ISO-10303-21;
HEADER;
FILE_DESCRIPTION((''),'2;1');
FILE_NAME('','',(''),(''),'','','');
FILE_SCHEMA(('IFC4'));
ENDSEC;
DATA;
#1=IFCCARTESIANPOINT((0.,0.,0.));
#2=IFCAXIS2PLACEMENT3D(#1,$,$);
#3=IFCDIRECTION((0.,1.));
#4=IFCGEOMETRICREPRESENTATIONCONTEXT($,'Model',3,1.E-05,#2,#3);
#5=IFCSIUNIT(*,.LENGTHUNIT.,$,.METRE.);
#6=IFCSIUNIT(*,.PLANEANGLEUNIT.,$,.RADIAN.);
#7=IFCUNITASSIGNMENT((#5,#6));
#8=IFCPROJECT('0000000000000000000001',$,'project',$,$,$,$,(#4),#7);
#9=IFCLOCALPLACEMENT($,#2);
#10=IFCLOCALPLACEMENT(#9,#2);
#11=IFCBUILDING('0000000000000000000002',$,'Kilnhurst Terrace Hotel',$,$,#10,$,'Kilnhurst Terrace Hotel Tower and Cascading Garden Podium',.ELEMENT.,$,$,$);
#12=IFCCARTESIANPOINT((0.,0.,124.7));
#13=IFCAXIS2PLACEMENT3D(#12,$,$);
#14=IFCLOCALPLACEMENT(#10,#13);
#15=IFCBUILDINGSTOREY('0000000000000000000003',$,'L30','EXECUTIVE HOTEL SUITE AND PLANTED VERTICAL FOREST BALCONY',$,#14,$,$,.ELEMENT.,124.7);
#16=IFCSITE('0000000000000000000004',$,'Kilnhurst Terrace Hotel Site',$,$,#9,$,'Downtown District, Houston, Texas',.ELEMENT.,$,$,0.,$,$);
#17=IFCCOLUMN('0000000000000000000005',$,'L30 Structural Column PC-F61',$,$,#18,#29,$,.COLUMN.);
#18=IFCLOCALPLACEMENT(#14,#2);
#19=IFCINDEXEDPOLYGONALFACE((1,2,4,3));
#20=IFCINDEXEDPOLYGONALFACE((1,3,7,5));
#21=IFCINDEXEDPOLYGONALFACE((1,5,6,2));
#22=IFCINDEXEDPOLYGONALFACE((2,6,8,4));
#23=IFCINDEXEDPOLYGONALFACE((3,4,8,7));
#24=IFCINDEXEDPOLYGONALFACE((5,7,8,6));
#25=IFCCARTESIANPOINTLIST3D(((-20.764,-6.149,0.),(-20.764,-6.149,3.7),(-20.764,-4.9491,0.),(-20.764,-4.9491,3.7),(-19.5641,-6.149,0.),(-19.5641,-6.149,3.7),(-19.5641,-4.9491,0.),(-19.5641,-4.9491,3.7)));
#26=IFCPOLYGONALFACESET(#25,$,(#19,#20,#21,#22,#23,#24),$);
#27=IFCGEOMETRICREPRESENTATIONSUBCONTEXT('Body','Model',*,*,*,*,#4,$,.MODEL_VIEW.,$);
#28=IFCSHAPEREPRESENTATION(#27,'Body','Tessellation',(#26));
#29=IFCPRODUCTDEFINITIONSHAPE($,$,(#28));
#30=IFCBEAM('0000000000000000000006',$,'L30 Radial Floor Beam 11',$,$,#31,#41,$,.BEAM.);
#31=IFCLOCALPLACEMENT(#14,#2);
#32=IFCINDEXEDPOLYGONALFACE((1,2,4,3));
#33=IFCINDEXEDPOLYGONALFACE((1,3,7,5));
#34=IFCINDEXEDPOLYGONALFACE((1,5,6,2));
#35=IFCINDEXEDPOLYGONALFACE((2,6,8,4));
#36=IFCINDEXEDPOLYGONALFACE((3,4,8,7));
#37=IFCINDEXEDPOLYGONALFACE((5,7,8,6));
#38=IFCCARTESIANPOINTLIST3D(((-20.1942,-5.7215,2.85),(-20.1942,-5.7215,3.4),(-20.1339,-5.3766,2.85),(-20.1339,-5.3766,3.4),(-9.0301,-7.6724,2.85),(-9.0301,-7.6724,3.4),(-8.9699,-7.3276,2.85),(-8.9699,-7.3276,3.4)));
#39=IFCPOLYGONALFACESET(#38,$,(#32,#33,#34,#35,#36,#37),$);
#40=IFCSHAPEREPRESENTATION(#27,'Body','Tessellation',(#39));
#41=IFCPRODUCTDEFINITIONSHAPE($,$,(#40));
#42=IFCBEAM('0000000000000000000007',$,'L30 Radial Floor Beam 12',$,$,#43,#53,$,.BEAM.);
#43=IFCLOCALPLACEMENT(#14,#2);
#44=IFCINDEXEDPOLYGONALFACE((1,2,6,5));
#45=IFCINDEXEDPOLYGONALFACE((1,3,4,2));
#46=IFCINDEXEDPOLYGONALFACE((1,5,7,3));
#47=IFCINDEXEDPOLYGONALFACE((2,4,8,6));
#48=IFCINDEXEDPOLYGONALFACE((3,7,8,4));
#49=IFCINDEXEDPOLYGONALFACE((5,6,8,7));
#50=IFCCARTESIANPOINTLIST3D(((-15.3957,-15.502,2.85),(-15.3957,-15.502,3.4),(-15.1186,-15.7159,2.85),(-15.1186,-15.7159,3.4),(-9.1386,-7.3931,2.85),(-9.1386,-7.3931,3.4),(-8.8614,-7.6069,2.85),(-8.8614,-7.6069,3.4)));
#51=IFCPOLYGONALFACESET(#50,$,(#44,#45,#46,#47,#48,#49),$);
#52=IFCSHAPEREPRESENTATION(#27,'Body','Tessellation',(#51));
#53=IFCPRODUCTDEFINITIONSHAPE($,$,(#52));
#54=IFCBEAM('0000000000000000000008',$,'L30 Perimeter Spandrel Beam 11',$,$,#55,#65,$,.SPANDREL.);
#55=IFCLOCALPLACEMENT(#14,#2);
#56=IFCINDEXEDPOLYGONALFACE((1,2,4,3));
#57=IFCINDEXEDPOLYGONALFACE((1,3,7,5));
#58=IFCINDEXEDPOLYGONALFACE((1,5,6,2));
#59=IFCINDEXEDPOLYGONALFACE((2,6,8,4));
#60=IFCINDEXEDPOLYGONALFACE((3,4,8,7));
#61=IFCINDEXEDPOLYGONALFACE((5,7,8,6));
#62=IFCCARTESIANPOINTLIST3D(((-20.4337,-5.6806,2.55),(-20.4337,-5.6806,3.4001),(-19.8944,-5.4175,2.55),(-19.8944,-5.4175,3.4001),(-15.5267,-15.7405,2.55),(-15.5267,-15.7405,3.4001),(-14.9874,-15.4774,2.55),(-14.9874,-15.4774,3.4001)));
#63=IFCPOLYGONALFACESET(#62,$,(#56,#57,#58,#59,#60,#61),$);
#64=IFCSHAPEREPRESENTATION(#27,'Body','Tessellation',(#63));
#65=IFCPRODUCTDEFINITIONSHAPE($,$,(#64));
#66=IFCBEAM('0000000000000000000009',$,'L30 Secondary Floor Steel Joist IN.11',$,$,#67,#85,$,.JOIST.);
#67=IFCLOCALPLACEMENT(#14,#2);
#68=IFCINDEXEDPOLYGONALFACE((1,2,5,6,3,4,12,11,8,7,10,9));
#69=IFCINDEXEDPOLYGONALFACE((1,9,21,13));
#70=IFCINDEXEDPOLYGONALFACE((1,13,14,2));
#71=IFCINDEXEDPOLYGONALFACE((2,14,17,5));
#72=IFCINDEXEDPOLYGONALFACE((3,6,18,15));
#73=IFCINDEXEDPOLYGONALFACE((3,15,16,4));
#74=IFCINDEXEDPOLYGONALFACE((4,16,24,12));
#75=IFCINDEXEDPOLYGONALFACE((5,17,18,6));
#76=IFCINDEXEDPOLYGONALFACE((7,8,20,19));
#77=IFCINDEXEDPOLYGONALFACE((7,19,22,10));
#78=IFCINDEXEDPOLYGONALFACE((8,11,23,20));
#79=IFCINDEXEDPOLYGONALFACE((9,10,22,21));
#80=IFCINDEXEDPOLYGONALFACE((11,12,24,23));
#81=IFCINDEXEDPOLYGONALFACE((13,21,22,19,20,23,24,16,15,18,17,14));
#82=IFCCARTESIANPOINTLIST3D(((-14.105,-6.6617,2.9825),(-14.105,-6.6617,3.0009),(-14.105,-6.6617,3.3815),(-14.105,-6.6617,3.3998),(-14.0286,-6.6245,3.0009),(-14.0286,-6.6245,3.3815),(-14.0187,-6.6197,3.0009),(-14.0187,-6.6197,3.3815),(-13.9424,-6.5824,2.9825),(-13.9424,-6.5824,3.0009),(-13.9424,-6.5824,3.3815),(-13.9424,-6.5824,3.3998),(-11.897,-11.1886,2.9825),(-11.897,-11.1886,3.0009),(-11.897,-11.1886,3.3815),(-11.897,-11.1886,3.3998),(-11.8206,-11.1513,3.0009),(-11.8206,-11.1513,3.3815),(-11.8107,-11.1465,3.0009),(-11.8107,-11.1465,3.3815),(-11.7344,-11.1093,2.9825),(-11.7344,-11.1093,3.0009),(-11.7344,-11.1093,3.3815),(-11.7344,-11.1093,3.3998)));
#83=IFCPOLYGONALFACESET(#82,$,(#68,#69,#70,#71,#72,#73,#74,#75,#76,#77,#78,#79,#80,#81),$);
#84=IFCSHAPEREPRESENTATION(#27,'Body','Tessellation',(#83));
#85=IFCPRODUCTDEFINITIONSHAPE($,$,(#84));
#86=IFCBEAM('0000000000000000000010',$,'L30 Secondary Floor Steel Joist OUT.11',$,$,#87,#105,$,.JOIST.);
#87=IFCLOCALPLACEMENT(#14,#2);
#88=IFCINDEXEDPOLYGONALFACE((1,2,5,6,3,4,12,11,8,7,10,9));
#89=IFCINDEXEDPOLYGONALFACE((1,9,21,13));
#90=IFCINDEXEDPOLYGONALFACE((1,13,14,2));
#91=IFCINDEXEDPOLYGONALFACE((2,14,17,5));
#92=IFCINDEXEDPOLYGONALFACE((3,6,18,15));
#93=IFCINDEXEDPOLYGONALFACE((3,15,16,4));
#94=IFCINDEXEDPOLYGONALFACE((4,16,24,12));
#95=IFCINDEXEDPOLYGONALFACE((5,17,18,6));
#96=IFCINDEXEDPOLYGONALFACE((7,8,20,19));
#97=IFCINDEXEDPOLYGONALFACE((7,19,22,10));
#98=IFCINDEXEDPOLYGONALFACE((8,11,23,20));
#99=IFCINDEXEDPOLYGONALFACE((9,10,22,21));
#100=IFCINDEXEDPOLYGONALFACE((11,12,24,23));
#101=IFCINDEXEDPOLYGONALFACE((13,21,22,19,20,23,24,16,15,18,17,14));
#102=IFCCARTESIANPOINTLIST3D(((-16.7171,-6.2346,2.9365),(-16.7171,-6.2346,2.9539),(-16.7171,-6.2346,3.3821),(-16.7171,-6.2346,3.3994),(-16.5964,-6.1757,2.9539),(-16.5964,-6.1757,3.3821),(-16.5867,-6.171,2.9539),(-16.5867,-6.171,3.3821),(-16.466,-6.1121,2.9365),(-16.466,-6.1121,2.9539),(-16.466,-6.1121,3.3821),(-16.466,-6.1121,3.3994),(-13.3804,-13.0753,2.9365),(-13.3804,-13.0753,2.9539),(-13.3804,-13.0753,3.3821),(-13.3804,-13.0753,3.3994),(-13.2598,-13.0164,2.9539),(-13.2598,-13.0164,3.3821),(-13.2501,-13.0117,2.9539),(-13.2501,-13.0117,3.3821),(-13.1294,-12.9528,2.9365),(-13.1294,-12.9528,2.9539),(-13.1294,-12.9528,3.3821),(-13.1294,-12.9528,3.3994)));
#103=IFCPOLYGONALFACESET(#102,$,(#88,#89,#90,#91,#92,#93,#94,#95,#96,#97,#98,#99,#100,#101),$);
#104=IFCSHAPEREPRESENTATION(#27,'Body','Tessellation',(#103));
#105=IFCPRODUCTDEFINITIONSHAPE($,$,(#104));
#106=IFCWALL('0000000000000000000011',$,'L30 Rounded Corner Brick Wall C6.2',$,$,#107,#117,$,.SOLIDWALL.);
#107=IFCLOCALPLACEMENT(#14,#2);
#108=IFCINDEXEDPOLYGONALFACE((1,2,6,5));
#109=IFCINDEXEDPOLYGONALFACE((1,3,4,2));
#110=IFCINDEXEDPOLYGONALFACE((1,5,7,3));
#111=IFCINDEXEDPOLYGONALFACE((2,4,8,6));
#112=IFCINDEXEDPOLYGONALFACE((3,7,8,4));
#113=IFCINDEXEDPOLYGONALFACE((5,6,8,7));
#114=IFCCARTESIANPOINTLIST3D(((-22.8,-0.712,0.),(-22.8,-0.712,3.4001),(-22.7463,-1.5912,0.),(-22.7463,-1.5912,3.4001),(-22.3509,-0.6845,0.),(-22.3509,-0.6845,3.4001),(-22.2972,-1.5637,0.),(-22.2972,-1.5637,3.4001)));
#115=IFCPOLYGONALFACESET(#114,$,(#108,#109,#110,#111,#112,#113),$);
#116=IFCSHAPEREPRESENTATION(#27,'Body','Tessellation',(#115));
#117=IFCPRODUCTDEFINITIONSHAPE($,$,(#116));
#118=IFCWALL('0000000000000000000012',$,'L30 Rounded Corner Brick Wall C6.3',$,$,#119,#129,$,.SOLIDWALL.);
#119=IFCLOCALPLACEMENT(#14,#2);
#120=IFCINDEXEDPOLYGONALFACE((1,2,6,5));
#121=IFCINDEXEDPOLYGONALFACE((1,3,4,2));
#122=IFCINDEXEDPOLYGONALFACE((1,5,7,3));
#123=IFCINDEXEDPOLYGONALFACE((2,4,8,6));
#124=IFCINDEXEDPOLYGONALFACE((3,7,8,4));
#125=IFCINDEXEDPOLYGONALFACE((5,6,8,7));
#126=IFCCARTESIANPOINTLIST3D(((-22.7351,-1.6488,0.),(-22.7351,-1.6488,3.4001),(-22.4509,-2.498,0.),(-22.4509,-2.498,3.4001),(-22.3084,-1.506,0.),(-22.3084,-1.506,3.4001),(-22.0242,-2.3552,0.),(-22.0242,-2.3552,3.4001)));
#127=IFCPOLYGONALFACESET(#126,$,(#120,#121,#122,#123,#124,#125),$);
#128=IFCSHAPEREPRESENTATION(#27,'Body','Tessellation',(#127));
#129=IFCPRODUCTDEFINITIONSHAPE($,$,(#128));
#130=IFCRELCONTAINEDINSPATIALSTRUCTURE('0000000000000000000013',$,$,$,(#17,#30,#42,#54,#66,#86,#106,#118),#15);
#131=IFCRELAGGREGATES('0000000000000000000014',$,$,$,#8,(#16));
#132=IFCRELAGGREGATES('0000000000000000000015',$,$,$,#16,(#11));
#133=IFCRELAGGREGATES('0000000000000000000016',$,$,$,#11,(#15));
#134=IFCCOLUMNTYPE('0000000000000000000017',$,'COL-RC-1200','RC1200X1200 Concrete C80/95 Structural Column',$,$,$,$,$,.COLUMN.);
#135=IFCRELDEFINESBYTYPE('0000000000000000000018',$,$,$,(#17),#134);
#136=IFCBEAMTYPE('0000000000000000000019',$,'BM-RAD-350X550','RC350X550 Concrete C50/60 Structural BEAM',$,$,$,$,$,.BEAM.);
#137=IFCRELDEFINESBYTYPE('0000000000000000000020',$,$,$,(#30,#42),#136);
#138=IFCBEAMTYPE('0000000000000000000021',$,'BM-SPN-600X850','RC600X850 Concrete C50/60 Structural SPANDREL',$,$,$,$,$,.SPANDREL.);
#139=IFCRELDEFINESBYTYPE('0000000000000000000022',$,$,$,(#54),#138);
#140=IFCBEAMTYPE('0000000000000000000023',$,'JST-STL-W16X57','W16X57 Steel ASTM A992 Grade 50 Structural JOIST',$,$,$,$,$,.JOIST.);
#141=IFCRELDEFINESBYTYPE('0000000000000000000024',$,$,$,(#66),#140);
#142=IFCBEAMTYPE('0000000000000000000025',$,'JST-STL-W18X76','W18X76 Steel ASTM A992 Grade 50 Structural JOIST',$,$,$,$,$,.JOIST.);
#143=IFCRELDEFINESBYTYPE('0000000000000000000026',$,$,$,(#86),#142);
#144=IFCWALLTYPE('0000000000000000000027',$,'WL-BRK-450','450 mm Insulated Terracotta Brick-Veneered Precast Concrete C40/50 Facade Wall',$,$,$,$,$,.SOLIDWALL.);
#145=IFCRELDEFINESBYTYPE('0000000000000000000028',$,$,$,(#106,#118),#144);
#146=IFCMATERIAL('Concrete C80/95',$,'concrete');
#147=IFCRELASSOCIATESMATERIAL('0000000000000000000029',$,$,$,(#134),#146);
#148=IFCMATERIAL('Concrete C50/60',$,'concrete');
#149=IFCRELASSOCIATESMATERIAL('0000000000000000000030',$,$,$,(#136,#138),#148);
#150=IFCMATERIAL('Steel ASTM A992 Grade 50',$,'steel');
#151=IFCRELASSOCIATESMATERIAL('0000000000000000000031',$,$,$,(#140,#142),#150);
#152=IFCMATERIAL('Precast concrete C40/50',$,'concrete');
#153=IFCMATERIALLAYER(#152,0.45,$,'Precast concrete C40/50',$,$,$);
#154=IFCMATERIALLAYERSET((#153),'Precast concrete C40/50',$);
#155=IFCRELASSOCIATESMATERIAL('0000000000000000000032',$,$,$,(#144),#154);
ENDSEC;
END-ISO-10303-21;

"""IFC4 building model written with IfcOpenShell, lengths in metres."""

from ifc_helpers import new_model, si_unit, direction, frame, frame_2d, origin, origin_2d, place, context, subcontext, project, spatial, rectangle, i_section, extrude, material, layer, layer_set, material_profile, profile_set, type_object, element, save


model = new_model("IFC4")

# Units and contexts
model_context = context("Model", 3, precision=1e-05, world=origin(), true_north=direction((0.0, 1.0)))
body_context = subcontext(model_context, "Body", "Model", "MODEL_VIEW")
ifc_project = project(units=[si_unit("LENGTHUNIT", "METRE"), si_unit("PLANEANGLEUNIT", "RADIAN")], contexts=[model_context])

# Site, building, storey
site_placement = place(None, origin())
site = spatial("IfcSite", under=ifc_project, at=site_placement, Name="Kilnhurst Terrace Hotel Site", LongName="Downtown District, Houston, Texas", CompositionType="ELEMENT", RefElevation=0.0)
building_placement = place(site_placement, origin())
building = spatial("IfcBuilding", under=site, at=building_placement, Name="Kilnhurst Terrace Hotel", LongName="Kilnhurst Terrace Hotel Tower and Cascading Garden Podium", CompositionType="ELEMENT")
storey_placement = place(building_placement, frame((0.0, 0.0, 124.7)))
storey = spatial("IfcBuildingStorey", under=building, at=storey_placement, Name="L30", Description="EXECUTIVE HOTEL SUITE AND PLANTED VERTICAL FOREST BALCONY", CompositionType="ELEMENT", Elevation=124.7)

# Column
ifc_material_1 = material(Name="Concrete C80/95", Category="concrete")
ifc_material_profile_1 = material_profile(ifc_material_1, rectangle(XDim=1.2, YDim=1.2, at=origin_2d()), Name="RC1200X1200")
ifc_profile_set_1 = profile_set([ifc_material_profile_1], Name="Concrete C80/95")
column_type = type_object("IfcColumnType", Name="COL-RC-1200", Description="RC1200X1200 Concrete C80/95 Structural Column", PredefinedType="COLUMN", material=ifc_profile_set_1)
column_placement = place(storey_placement, frame((-20.1641, -5.5491, 0.0), z_axis=(0.0, 0.0, 1.0), x_axis=(1.0, 0.0, 0.0)))
element("IfcColumn", 1, at=column_placement, inside=storey, type_object=column_type, Name="L30 Structural Column PC-F61", PredefinedType="COLUMN", context=body_context, shape_type="SweptSolid", body=[
    extrude(rectangle(XDim=1.2, YDim=1.2, at=origin_2d()), origin(), (0.0, 0.0, 1.0), 3.7),
])

# Beams
ifc_material_2 = material(Name="Concrete C50/60", Category="concrete")
ifc_material_profile_2 = material_profile(ifc_material_2, rectangle(XDim=0.3501, YDim=0.55, at=origin_2d()), Name="RC350X550")
ifc_profile_set_2 = profile_set([ifc_material_profile_2], Name="Concrete C50/60")
beam_type_1 = type_object("IfcBeamType", Name="BM-RAD-350X550", Description="RC350X550 Concrete C50/60 Structural BEAM", PredefinedType="BEAM", material=ifc_profile_set_2)
beam_1_placement = place(storey_placement, frame((-9.0, -7.5, 3.125), z_axis=(-0.985072, 0.172142, 0.0), x_axis=(-0.172142, -0.985072, 0.0)))
element("IfcBeam", 2, at=beam_1_placement, inside=storey, type_object=beam_type_1, Name="L30 Radial Floor Beam 11", PredefinedType="BEAM", context=body_context, shape_type="SweptSolid", body=[
    extrude(rectangle(XDim=0.3501, YDim=0.55, at=origin_2d()), origin(), (0.0, 0.0, 1.0), 11.3333),
])
beam_2_placement = place(storey_placement, frame((-9.0, -7.5, 3.125), z_axis=(-0.610905, -0.791704, 0.0), x_axis=(0.791704, -0.610905, 0.0)))
element("IfcBeam", 3, at=beam_2_placement, inside=storey, type_object=beam_type_1, Name="L30 Radial Floor Beam 12", PredefinedType="BEAM", context=body_context, shape_type="SweptSolid", body=[
    extrude(rectangle(XDim=0.3501, YDim=0.55, at=origin_2d()), origin(), (0.0, 0.0, 1.0), 10.2424),
])
ifc_material_profile_3 = material_profile(ifc_material_2, rectangle(XDim=0.6001, YDim=0.8501, at=origin_2d()), Name="RC600X850")
ifc_profile_set_3 = profile_set([ifc_material_profile_3], Name="Concrete C50/60")
beam_type_2 = type_object("IfcBeamType", Name="BM-SPN-600X850", Description="RC600X850 Concrete C50/60 Structural SPANDREL", PredefinedType="SPANDREL", material=ifc_profile_set_3)
beam_3_placement = place(storey_placement, frame((-20.1641, -5.5491, 2.9751), z_axis=(0.438406, -0.898777, 0.0), x_axis=(0.898777, 0.438406, 0.0)))
element("IfcBeam", 4, at=beam_3_placement, inside=storey, type_object=beam_type_2, Name="L30 Perimeter Spandrel Beam 11", PredefinedType="SPANDREL", context=body_context, shape_type="SweptSolid", body=[
    extrude(rectangle(XDim=0.6001, YDim=0.8501, at=origin_2d()), origin(), (0.0, 0.0, 1.0), 11.1929),
])
ifc_material_3 = material(Name="Steel ASTM A992 Grade 50", Category="steel")
ifc_material_profile_4 = material_profile(ifc_material_3, i_section(OverallWidth=0.1809, OverallDepth=0.4172, WebThickness=0.011, FlangeThickness=0.0183, at=origin_2d()), Name="W16X57")
ifc_profile_set_4 = profile_set([ifc_material_profile_4], Name="Steel ASTM A992 Grade 50")
beam_type_3 = type_object("IfcBeamType", Name="JST-STL-W16X57", Description="W16X57 Steel ASTM A992 Grade 50 Structural JOIST", PredefinedType="JOIST", material=ifc_profile_set_4)
beam_4_placement = place(storey_placement, frame((-14.0237, -6.6221, 3.1912), z_axis=(0.438389, -0.898785, 0.0), x_axis=(0.898785, 0.438389, 0.0)))
element("IfcBeam", 5, at=beam_4_placement, inside=storey, type_object=beam_type_3, Name="L30 Secondary Floor Steel Joist IN.11", PredefinedType="JOIST", context=body_context, shape_type="SweptSolid", body=[
    extrude(i_section(OverallWidth=0.1809, OverallDepth=0.4172, WebThickness=0.011, FlangeThickness=0.0183, at=origin_2d()), origin(), (0.0, 0.0, 1.0), 5.0366),
])
ifc_material_profile_5 = material_profile(ifc_material_3, i_section(OverallWidth=0.2793, OverallDepth=0.4629, WebThickness=0.0107, FlangeThickness=0.0173, at=origin_2d()), Name="W18X76")
ifc_profile_set_5 = profile_set([ifc_material_profile_5], Name="Steel ASTM A992 Grade 50")
beam_type_4 = type_object("IfcBeamType", Name="JST-STL-W18X76", Description="W18X76 Steel ASTM A992 Grade 50 Structural JOIST", PredefinedType="JOIST", material=ifc_profile_set_5)
beam_5_placement = place(storey_placement, frame((-16.5916, -6.1733, 3.168), z_axis=(0.43839, -0.898785, 0.0), x_axis=(0.898785, 0.43839, 0.0)))
element("IfcBeam", 6, at=beam_5_placement, inside=storey, type_object=beam_type_4, Name="L30 Secondary Floor Steel Joist OUT.11", PredefinedType="JOIST", context=body_context, shape_type="SweptSolid", body=[
    extrude(i_section(OverallWidth=0.2793, OverallDepth=0.4629, WebThickness=0.0107, FlangeThickness=0.0173, at=origin_2d()), origin(), (0.0, 0.0, 1.0), 7.6111),
])

# Walls
ifc_material_4 = material(Name="Precast concrete C40/50", Category="concrete")
ifc_layer_1 = layer(ifc_material_4, 0.45, Name="Precast concrete C40/50")
ifc_layer_set_1 = layer_set([ifc_layer_1], Name="Precast concrete C40/50")
wall_type_1 = type_object("IfcWallType", Name="WL-BRK-450", Description="450 mm Insulated Terracotta Brick-Veneered Precast Concrete C40/50 Facade Wall", PredefinedType="SOLIDWALL", material=ifc_layer_set_1)
wall_1_placement = place(storey_placement, frame((-22.5754, -0.6982, 0.0), z_axis=(0.0, 0.0, 1.0), x_axis=(0.06098, -0.998139, 0.0)))
element("IfcWall", 7, at=wall_1_placement, inside=storey, type_object=wall_type_1, Name="L30 Rounded Corner Brick Wall C6.2", PredefinedType="SOLIDWALL", context=body_context, shape_type="SweptSolid", body=[
    extrude(rectangle(XDim=0.8809, YDim=0.45, at=frame_2d((0.4404, 0.0))), origin(), (0.0, 0.0, 1.0), 3.4001),
])
wall_2_placement = place(storey_placement, frame((-22.5217, -1.5774, 0.0), z_axis=(0.0, 0.0, 1.0), x_axis=(0.317373, -0.948301, 0.0)))
element("IfcWall", 8, at=wall_2_placement, inside=storey, type_object=wall_type_1, Name="L30 Rounded Corner Brick Wall C6.3", PredefinedType="SOLIDWALL", context=body_context, shape_type="SweptSolid", body=[
    extrude(rectangle(XDim=0.8955, YDim=0.45, at=frame_2d((0.4478, 0.0))), origin(), (0.0, 0.0, 1.0), 3.4001),
])

save(model, "model.ifc")
